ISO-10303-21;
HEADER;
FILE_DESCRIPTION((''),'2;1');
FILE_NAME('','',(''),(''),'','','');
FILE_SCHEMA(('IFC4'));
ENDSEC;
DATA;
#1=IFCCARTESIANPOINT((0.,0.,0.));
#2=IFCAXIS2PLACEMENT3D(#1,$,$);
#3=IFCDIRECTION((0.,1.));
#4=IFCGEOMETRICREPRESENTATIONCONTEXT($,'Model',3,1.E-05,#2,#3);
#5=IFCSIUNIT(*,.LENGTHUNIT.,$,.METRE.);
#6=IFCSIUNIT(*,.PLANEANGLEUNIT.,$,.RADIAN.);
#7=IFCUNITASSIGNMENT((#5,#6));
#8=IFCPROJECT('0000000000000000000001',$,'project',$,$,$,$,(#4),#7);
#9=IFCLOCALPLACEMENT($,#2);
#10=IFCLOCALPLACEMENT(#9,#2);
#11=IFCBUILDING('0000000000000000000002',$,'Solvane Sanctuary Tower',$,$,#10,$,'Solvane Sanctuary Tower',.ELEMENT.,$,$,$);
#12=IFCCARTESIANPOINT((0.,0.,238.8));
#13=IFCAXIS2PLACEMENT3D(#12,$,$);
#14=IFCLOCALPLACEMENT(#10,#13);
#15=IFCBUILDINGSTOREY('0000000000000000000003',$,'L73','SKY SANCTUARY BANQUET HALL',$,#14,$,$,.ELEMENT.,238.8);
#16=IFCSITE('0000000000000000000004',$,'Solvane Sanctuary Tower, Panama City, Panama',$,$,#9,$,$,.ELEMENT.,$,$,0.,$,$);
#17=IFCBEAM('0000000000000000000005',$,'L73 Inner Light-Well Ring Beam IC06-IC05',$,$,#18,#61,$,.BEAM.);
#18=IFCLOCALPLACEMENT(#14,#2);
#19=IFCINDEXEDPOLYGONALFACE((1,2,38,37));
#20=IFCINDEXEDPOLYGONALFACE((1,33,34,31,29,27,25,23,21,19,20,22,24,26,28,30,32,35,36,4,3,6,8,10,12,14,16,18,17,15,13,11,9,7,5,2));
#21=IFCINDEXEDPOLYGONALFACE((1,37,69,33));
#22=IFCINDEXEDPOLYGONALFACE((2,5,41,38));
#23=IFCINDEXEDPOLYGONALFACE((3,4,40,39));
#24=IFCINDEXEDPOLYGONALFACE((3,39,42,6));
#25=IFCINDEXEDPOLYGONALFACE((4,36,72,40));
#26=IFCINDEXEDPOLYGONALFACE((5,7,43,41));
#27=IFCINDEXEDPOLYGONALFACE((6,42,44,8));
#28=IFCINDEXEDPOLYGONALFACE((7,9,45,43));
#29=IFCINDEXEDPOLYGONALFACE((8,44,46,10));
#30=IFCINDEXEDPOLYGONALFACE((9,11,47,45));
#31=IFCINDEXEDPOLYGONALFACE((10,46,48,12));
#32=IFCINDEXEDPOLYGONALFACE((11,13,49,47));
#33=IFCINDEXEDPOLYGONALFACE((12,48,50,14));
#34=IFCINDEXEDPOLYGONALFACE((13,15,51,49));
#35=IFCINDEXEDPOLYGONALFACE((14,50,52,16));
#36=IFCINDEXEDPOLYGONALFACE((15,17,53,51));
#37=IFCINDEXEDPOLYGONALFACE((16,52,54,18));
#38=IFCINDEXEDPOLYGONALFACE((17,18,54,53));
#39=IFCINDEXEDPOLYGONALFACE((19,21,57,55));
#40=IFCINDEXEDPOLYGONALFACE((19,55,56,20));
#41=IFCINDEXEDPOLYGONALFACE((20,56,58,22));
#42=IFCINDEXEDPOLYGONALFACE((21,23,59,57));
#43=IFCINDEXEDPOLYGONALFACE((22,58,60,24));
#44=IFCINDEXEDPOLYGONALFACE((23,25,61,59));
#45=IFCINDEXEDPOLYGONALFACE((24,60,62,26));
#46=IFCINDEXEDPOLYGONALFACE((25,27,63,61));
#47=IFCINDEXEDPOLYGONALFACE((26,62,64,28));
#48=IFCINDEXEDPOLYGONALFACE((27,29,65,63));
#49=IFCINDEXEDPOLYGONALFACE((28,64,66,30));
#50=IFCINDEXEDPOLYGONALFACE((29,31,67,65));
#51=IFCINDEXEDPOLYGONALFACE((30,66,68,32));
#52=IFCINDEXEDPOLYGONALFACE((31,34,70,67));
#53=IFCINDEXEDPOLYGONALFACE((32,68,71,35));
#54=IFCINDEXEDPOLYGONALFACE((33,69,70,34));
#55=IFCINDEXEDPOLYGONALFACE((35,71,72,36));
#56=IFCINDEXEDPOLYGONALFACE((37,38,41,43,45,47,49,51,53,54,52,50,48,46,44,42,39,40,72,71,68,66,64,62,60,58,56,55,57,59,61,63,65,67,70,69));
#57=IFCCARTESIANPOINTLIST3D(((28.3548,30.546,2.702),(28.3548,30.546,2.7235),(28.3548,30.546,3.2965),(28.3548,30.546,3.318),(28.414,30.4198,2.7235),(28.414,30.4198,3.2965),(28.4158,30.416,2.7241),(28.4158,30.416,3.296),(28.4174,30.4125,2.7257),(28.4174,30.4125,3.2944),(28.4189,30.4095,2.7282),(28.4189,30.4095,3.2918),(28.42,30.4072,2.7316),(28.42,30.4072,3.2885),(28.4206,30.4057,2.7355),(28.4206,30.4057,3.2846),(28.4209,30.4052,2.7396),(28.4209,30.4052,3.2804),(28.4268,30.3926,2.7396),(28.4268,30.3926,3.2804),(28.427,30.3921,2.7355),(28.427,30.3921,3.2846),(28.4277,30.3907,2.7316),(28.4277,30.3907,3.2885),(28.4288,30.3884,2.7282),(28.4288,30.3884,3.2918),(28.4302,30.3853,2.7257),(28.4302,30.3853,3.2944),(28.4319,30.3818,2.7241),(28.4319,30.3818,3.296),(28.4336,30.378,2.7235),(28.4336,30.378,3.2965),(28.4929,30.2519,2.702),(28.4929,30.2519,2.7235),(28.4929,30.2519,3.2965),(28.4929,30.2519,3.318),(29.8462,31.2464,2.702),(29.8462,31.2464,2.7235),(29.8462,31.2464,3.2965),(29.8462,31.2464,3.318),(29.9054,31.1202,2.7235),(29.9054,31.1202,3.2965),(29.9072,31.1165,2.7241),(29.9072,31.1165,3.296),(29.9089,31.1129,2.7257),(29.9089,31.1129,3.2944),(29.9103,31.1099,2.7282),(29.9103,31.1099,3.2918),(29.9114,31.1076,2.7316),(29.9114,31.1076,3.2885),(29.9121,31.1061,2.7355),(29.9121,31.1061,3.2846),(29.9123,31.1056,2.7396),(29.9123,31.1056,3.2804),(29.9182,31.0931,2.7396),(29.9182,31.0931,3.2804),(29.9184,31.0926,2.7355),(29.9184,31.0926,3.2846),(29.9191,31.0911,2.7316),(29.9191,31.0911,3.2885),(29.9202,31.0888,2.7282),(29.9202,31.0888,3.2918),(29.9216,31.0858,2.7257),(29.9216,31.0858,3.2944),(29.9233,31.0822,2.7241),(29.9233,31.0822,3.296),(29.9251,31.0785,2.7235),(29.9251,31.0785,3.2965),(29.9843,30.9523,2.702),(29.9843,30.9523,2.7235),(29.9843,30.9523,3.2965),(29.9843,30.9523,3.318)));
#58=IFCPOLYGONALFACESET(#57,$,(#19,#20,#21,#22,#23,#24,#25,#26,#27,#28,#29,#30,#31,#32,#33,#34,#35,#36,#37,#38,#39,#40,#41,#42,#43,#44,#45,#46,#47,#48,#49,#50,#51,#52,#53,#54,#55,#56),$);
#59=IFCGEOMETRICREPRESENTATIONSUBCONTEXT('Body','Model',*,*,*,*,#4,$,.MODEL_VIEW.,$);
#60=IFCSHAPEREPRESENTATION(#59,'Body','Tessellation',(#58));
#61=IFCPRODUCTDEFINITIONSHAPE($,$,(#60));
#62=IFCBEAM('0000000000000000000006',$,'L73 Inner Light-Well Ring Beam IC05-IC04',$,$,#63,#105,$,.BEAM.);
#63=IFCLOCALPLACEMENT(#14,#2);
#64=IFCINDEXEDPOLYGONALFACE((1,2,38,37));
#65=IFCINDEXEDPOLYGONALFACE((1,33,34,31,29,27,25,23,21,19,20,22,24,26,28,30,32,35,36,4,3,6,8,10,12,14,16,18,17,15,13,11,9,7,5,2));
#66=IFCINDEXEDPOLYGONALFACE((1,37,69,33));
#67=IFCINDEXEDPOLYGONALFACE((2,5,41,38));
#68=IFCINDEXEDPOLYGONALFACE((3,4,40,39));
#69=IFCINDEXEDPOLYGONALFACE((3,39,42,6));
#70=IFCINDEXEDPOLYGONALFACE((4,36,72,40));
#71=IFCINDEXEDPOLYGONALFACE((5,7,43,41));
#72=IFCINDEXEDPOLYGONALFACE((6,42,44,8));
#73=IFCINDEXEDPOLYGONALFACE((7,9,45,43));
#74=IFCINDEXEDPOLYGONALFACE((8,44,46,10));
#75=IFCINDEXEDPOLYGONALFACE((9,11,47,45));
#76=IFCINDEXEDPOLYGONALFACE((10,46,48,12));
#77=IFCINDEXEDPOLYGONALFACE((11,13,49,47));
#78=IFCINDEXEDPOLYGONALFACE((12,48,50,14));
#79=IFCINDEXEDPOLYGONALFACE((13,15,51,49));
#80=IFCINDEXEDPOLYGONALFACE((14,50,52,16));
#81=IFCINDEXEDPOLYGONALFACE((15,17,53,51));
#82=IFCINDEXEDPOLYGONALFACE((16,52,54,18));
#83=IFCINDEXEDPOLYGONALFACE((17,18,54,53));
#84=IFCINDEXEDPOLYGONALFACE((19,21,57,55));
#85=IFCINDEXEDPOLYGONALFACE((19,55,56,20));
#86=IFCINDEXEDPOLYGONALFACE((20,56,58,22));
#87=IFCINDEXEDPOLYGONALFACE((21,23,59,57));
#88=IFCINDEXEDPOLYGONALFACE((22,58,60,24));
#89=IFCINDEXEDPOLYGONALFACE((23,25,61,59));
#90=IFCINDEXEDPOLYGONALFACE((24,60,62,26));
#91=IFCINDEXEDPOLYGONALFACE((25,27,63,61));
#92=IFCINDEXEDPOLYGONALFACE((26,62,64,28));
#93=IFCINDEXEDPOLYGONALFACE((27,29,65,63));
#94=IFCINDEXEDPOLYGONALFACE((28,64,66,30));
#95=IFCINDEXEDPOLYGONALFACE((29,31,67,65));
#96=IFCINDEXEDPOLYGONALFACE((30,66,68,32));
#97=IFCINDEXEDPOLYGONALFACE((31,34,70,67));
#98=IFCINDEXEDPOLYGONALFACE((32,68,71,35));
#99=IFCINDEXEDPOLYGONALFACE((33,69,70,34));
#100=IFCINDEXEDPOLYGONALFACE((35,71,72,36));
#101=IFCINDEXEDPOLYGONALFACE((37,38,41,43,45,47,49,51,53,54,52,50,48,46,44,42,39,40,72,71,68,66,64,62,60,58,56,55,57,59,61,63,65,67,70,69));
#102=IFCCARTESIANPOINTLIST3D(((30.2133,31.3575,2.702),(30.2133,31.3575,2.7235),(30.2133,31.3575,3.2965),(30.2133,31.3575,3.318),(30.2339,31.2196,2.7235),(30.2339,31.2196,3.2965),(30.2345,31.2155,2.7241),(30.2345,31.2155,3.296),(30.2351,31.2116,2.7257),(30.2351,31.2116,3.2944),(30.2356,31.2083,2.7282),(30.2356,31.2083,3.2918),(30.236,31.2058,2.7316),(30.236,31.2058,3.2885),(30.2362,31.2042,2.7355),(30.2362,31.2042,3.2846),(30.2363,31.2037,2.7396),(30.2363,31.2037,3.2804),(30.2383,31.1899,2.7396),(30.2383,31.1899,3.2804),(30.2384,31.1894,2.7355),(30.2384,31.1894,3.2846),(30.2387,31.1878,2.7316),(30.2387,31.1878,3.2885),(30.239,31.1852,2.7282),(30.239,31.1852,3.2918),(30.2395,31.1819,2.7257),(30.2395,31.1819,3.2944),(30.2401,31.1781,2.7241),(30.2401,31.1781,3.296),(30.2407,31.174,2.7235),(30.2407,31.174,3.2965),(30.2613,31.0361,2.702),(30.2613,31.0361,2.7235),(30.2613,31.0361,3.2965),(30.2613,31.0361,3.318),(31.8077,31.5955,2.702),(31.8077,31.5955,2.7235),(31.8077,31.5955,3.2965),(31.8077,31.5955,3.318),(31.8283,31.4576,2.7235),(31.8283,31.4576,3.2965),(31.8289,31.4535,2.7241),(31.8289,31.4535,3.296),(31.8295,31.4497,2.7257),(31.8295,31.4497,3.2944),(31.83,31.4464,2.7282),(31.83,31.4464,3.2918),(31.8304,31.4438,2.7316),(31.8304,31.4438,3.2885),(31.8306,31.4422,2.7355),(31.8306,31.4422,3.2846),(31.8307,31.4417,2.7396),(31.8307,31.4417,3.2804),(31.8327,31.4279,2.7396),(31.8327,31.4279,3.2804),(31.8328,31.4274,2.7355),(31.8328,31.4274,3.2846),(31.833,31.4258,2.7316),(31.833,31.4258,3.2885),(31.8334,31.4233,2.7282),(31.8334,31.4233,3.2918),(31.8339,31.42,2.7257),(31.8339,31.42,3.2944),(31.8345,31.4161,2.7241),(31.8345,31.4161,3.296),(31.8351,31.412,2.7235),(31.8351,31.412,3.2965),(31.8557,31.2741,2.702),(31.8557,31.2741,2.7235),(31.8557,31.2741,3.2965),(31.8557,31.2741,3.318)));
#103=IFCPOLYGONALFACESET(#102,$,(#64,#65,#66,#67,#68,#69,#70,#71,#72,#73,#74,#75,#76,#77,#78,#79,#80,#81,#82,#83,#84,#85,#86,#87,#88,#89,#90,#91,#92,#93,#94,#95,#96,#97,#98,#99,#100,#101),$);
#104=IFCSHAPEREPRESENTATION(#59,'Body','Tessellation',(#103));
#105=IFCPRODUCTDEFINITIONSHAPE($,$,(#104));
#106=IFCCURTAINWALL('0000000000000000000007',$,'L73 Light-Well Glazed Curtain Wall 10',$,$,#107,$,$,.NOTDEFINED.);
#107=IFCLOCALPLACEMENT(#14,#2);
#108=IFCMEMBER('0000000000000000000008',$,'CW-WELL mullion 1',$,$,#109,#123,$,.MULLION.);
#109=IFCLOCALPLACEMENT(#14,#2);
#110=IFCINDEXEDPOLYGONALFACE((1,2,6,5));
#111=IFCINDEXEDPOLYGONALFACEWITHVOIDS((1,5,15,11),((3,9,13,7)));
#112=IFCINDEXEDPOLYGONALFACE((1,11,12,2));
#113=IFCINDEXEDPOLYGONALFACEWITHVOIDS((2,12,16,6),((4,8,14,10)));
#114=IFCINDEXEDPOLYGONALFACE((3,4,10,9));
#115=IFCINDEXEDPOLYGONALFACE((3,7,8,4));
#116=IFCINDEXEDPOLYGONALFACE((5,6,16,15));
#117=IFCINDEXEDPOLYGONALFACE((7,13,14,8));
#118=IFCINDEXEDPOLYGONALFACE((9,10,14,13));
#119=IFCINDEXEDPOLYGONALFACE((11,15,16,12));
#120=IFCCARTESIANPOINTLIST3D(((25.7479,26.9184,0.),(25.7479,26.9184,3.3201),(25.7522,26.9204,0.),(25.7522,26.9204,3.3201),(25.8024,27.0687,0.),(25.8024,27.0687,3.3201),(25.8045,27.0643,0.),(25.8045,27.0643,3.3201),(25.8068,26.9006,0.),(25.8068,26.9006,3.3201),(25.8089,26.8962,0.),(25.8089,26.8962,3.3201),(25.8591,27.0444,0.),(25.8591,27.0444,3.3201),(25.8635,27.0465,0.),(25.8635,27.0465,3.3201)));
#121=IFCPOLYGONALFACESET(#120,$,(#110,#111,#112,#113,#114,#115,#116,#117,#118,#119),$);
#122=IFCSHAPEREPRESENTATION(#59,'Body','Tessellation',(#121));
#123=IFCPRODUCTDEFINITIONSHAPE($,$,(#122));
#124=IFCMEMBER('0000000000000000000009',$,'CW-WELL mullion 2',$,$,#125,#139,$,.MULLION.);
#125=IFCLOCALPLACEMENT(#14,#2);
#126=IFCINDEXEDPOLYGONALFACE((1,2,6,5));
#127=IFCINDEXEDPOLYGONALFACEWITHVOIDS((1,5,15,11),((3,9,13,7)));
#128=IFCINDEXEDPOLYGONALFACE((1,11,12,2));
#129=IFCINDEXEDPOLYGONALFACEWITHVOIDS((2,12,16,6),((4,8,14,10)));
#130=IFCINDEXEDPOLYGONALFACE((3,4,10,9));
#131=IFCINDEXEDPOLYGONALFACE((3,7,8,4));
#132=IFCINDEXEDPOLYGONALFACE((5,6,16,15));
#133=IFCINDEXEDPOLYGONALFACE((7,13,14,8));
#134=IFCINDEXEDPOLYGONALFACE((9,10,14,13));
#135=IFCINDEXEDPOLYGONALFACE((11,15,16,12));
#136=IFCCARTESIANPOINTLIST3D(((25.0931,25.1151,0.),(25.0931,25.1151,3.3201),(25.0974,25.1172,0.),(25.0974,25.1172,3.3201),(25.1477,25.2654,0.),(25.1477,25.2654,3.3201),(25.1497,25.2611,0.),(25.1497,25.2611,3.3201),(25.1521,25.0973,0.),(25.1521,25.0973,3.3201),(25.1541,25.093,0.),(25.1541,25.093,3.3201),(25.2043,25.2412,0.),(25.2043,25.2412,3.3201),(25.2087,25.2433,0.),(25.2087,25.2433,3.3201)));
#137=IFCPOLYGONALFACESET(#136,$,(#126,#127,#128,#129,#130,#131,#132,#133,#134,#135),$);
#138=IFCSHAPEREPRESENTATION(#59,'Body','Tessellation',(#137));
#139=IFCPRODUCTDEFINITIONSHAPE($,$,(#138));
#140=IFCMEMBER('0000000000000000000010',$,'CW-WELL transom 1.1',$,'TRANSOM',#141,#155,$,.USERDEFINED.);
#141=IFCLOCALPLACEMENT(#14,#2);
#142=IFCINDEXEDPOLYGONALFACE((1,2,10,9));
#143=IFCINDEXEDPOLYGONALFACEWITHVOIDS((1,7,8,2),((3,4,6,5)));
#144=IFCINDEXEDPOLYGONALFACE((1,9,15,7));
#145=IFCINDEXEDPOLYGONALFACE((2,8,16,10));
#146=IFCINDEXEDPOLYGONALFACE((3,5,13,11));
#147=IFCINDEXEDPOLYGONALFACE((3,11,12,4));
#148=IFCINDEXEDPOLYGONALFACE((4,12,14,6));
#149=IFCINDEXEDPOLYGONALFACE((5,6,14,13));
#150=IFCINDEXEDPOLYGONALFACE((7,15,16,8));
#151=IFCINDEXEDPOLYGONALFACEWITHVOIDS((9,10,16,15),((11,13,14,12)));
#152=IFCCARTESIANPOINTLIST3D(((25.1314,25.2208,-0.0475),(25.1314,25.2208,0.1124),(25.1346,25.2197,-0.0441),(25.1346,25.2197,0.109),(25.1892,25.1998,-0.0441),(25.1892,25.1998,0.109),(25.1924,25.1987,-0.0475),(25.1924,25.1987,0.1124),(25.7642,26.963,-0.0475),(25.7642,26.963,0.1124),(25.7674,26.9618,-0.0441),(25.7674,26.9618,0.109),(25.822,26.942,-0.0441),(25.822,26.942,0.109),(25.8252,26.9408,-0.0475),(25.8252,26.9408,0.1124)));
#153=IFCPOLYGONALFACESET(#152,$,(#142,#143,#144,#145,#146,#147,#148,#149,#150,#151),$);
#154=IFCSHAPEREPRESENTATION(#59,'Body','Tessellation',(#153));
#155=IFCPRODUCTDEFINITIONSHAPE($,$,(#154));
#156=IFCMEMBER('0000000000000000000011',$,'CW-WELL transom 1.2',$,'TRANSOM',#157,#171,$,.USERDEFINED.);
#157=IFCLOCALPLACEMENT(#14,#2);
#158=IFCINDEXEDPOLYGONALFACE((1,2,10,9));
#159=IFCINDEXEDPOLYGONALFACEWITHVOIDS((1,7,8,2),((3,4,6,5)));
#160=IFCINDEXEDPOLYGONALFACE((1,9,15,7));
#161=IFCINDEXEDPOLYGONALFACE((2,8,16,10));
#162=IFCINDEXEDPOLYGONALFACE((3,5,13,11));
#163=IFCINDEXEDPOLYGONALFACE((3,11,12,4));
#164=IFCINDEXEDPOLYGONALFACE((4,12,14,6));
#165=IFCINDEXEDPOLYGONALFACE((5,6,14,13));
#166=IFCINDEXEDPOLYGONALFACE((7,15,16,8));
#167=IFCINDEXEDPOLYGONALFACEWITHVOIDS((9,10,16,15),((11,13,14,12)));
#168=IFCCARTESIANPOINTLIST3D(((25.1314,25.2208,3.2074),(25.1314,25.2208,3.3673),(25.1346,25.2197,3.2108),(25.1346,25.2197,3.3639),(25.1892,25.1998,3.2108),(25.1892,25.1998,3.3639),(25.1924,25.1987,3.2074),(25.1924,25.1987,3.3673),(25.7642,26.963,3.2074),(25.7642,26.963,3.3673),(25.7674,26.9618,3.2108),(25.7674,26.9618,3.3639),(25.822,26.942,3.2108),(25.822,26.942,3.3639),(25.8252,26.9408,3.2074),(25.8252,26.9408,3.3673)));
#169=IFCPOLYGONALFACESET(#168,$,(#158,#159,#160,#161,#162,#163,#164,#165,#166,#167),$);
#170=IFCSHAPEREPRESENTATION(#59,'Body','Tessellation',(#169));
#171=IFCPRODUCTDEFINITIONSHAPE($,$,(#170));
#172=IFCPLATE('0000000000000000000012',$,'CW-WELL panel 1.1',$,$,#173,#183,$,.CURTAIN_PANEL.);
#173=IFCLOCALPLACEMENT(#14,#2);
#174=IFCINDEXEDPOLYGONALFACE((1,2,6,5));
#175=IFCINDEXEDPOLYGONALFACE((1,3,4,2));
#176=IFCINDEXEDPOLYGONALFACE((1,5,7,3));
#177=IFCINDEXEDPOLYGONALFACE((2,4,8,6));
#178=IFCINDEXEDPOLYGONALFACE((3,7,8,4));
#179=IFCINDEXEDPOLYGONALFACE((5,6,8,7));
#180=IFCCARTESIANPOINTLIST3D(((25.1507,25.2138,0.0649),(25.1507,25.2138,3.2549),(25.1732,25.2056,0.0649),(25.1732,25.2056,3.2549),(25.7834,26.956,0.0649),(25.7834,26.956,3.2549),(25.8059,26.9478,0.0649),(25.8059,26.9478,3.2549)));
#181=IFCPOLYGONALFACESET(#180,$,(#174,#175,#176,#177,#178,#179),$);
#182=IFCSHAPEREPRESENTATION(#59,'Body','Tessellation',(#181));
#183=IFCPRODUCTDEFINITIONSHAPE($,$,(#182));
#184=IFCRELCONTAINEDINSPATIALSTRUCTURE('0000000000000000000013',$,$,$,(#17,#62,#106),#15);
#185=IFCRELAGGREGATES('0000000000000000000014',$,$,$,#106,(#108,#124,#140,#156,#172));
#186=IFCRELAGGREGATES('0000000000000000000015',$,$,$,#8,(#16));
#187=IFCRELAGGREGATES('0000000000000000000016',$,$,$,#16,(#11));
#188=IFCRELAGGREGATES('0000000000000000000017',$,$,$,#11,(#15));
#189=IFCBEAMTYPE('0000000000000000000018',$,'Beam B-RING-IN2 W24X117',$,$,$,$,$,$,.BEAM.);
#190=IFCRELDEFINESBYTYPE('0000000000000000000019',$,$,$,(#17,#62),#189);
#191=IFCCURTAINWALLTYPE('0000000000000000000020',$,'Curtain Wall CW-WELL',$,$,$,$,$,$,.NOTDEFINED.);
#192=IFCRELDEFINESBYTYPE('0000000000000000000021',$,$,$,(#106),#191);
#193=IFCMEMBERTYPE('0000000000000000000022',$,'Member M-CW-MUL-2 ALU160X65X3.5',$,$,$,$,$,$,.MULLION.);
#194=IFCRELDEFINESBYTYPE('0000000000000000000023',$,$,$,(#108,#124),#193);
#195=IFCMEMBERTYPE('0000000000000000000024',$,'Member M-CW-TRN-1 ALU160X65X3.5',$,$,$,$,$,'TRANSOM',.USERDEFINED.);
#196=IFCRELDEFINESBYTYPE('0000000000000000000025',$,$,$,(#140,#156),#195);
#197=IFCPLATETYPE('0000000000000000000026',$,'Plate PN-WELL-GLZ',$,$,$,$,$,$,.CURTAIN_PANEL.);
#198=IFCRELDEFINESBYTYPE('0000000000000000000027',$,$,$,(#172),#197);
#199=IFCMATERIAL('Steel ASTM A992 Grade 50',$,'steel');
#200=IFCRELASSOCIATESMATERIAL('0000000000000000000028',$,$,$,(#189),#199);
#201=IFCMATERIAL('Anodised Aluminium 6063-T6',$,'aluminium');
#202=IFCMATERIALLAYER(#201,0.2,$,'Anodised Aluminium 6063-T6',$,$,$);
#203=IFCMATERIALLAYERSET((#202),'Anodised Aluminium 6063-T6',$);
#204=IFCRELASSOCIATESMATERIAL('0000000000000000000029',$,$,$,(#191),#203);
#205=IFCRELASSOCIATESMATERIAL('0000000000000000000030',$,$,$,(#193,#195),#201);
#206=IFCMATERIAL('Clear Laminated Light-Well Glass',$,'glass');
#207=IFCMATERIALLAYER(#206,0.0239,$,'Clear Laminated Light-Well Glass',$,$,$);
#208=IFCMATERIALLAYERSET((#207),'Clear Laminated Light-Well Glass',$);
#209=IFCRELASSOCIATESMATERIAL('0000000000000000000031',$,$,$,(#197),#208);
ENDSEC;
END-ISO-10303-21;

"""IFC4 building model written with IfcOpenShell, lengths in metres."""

from ifc_helpers import new_model, si_unit, direction, frame, origin, origin_2d, place, context, subcontext, project, spatial, rectangle, hollow_rectangle, i_section, extrude, material, layer, layer_set, material_profile, profile_set, type_object, element, aggregate, save


model = new_model("IFC4")

# Units and contexts
model_context = context("Model", 3, precision=1e-05, world=origin(), true_north=direction((0.0, 1.0)))
body_context = subcontext(model_context, "Body", "Model", "MODEL_VIEW")
ifc_project = project(units=[si_unit("LENGTHUNIT", "METRE"), si_unit("PLANEANGLEUNIT", "RADIAN")], contexts=[model_context])

# Site, building, storey
site_placement = place(None, origin())
site = spatial("IfcSite", under=ifc_project, at=site_placement, Name="Solvane Sanctuary Tower, Panama City, Panama", CompositionType="ELEMENT", RefElevation=0.0)
building_placement = place(site_placement, origin())
building = spatial("IfcBuilding", under=site, at=building_placement, Name="Solvane Sanctuary Tower", LongName="Solvane Sanctuary Tower", CompositionType="ELEMENT")
storey_placement = place(building_placement, frame((0.0, 0.0, 238.8)))
storey = spatial("IfcBuildingStorey", under=building, at=storey_placement, Name="L73", Description="SKY SANCTUARY BANQUET HALL", CompositionType="ELEMENT", Elevation=238.8)

# Beams
ifc_material_1 = material(Name="Steel ASTM A992 Grade 50", Category="steel")
ifc_material_profile_1 = material_profile(ifc_material_1, i_section(OverallWidth=0.325, OverallDepth=0.616, WebThickness=0.0139, FlangeThickness=0.0215, FilletRadius=0.0161, at=origin_2d()), Name="W24X117")
ifc_profile_set_1 = profile_set([ifc_material_profile_1], Name="Steel ASTM A992 Grade 50")
beam_type_1 = type_object("IfcBeamType", Name="Beam B-RING-IN2 W24X117", PredefinedType="BEAM", material=ifc_profile_set_1)
beam_1_placement = place(storey_placement, frame((28.4238, 30.3989, 3.01), z_axis=(0.905151, 0.42509, 0.0), x_axis=(-0.42509, 0.905151, 0.0)))
element("IfcBeam", 1, at=beam_1_placement, inside=storey, type_object=beam_type_1, Name="L73 Inner Light-Well Ring Beam IC06-IC05", PredefinedType="BEAM", context=body_context, shape_type="SweptSolid", body=[
    extrude(i_section(OverallWidth=0.325, OverallDepth=0.616, WebThickness=0.0139, FlangeThickness=0.0215, FilletRadius=0.0161, at=origin_2d()), origin(), (0.0, 0.0, 1.0), 1.6477),
])
beam_2_placement = place(storey_placement, frame((30.2373, 31.1968, 3.01), z_axis=(0.989039, 0.147652, 0.0), x_axis=(-0.147652, 0.989039, 0.0)))
element("IfcBeam", 2, at=beam_2_placement, inside=storey, type_object=beam_type_1, Name="L73 Inner Light-Well Ring Beam IC05-IC04", PredefinedType="BEAM", context=body_context, shape_type="SweptSolid", body=[
    extrude(i_section(OverallWidth=0.325, OverallDepth=0.616, WebThickness=0.0139, FlangeThickness=0.0215, FilletRadius=0.0161, at=origin_2d()), origin(), (0.0, 0.0, 1.0), 1.6121),
])

# Curtain wall, members, plate
ifc_material_2 = material(Name="Anodised Aluminium 6063-T6", Category="aluminium")
ifc_layer_1 = layer(ifc_material_2, 0.2, Name="Anodised Aluminium 6063-T6")
ifc_layer_set_1 = layer_set([ifc_layer_1], Name="Anodised Aluminium 6063-T6")
curtain_wall_type = type_object("IfcCurtainWallType", Name="Curtain Wall CW-WELL", PredefinedType="NOTDEFINED", material=ifc_layer_set_1)
curtain_wall_placement = place(storey_placement, origin())
curtain_wall = element("IfcCurtainWall", 3, at=curtain_wall_placement, inside=storey, type_object=curtain_wall_type, Name="L73 Light-Well Glazed Curtain Wall 10", PredefinedType="NOTDEFINED")
ifc_material_profile_2 = material_profile(ifc_material_2, hollow_rectangle(XDim=0.0649, YDim=0.1599, WallThickness=0.0034, at=origin_2d()), Name="ALU160X65X3.5")
ifc_profile_set_2 = profile_set([ifc_material_profile_2], Name="Anodised Aluminium 6063-T6")
member_type_1 = type_object("IfcMemberType", Name="Member M-CW-MUL-2 ALU160X65X3.5", PredefinedType="MULLION", material=ifc_profile_set_2)
member_1_placement = place(storey_placement, frame((25.8057, 26.9824, 0.0), z_axis=(0.0, 0.0, 1.0), x_axis=(0.939933, -0.341358, 0.0)))
member_1 = element("IfcMember", 4, at=member_1_placement, type_object=member_type_1, Name="CW-WELL mullion 1", PredefinedType="MULLION", context=body_context, shape_type="SweptSolid", body=[
    extrude(hollow_rectangle(XDim=0.0649, YDim=0.1599, WallThickness=0.0034, at=origin_2d()), origin(), (0.0, 0.0, 1.0), 3.3201),
])
member_2_placement = place(storey_placement, frame((25.1509, 25.1792, 0.0), z_axis=(0.0, 0.0, 1.0), x_axis=(0.939933, -0.341358, 0.0)))
member_2 = element("IfcMember", 5, at=member_2_placement, type_object=member_type_1, Name="CW-WELL mullion 2", PredefinedType="MULLION", context=body_context, shape_type="SweptSolid", body=[
    extrude(hollow_rectangle(XDim=0.0649, YDim=0.1599, WallThickness=0.0034, at=origin_2d()), origin(), (0.0, 0.0, 1.0), 3.3201),
])
ifc_material_profile_3 = material_profile(ifc_material_2, hollow_rectangle(XDim=0.0649, YDim=0.1599, WallThickness=0.0034, at=origin_2d()), Name="ALU160X65X3.5")
ifc_profile_set_3 = profile_set([ifc_material_profile_3], Name="Anodised Aluminium 6063-T6")
member_type_2 = type_object("IfcMemberType", Name="Member M-CW-TRN-1 ALU160X65X3.5", ElementType="TRANSOM", PredefinedType="USERDEFINED", material=ifc_profile_set_3)
member_3_placement = place(storey_placement, frame((25.7947, 26.9519, 0.0325), z_axis=(-0.341405, -0.939916, 0.0), x_axis=(0.939916, -0.341405, 0.0)))
member_3 = element("IfcMember", 6, at=member_3_placement, type_object=member_type_2, Name="CW-WELL transom 1.1", ObjectType="TRANSOM", PredefinedType="USERDEFINED", context=body_context, shape_type="SweptSolid", body=[
    extrude(hollow_rectangle(XDim=0.0649, YDim=0.1599, WallThickness=0.0034, at=origin_2d()), origin(), (0.0, 0.0, 1.0), 1.8535),
])
member_4_placement = place(storey_placement, frame((25.7947, 26.9519, 3.2874), z_axis=(-0.341405, -0.939916, 0.0), x_axis=(0.939916, -0.341405, 0.0)))
member_4 = element("IfcMember", 7, at=member_4_placement, type_object=member_type_2, Name="CW-WELL transom 1.2", ObjectType="TRANSOM", PredefinedType="USERDEFINED", context=body_context, shape_type="SweptSolid", body=[
    extrude(hollow_rectangle(XDim=0.0649, YDim=0.1599, WallThickness=0.0034, at=origin_2d()), origin(), (0.0, 0.0, 1.0), 1.8535),
])
ifc_material_3 = material(Name="Clear Laminated Light-Well Glass", Category="glass")
ifc_layer_2 = layer(ifc_material_3, 0.0239, Name="Clear Laminated Light-Well Glass")
ifc_layer_set_2 = layer_set([ifc_layer_2], Name="Clear Laminated Light-Well Glass")
plate_type = type_object("IfcPlateType", Name="Plate PN-WELL-GLZ", PredefinedType="CURTAIN_PANEL", material=ifc_layer_set_2)
plate_placement = place(storey_placement, frame((25.4783, 26.0808, 0.0649), z_axis=(0.0, 0.0, 1.0), x_axis=(-0.341358, -0.939933, 0.0)))
plate = element("IfcPlate", 8, at=plate_placement, type_object=plate_type, Name="CW-WELL panel 1.1", PredefinedType="CURTAIN_PANEL", context=body_context, shape_type="SweptSolid", body=[
    extrude(rectangle(XDim=1.8535, YDim=0.0239, at=origin_2d()), origin(), (0.0, 0.0, 1.0), 3.1899),
])
aggregate(curtain_wall, [member_1, member_2, member_3, member_4, plate])

save(model, "model.ifc")
